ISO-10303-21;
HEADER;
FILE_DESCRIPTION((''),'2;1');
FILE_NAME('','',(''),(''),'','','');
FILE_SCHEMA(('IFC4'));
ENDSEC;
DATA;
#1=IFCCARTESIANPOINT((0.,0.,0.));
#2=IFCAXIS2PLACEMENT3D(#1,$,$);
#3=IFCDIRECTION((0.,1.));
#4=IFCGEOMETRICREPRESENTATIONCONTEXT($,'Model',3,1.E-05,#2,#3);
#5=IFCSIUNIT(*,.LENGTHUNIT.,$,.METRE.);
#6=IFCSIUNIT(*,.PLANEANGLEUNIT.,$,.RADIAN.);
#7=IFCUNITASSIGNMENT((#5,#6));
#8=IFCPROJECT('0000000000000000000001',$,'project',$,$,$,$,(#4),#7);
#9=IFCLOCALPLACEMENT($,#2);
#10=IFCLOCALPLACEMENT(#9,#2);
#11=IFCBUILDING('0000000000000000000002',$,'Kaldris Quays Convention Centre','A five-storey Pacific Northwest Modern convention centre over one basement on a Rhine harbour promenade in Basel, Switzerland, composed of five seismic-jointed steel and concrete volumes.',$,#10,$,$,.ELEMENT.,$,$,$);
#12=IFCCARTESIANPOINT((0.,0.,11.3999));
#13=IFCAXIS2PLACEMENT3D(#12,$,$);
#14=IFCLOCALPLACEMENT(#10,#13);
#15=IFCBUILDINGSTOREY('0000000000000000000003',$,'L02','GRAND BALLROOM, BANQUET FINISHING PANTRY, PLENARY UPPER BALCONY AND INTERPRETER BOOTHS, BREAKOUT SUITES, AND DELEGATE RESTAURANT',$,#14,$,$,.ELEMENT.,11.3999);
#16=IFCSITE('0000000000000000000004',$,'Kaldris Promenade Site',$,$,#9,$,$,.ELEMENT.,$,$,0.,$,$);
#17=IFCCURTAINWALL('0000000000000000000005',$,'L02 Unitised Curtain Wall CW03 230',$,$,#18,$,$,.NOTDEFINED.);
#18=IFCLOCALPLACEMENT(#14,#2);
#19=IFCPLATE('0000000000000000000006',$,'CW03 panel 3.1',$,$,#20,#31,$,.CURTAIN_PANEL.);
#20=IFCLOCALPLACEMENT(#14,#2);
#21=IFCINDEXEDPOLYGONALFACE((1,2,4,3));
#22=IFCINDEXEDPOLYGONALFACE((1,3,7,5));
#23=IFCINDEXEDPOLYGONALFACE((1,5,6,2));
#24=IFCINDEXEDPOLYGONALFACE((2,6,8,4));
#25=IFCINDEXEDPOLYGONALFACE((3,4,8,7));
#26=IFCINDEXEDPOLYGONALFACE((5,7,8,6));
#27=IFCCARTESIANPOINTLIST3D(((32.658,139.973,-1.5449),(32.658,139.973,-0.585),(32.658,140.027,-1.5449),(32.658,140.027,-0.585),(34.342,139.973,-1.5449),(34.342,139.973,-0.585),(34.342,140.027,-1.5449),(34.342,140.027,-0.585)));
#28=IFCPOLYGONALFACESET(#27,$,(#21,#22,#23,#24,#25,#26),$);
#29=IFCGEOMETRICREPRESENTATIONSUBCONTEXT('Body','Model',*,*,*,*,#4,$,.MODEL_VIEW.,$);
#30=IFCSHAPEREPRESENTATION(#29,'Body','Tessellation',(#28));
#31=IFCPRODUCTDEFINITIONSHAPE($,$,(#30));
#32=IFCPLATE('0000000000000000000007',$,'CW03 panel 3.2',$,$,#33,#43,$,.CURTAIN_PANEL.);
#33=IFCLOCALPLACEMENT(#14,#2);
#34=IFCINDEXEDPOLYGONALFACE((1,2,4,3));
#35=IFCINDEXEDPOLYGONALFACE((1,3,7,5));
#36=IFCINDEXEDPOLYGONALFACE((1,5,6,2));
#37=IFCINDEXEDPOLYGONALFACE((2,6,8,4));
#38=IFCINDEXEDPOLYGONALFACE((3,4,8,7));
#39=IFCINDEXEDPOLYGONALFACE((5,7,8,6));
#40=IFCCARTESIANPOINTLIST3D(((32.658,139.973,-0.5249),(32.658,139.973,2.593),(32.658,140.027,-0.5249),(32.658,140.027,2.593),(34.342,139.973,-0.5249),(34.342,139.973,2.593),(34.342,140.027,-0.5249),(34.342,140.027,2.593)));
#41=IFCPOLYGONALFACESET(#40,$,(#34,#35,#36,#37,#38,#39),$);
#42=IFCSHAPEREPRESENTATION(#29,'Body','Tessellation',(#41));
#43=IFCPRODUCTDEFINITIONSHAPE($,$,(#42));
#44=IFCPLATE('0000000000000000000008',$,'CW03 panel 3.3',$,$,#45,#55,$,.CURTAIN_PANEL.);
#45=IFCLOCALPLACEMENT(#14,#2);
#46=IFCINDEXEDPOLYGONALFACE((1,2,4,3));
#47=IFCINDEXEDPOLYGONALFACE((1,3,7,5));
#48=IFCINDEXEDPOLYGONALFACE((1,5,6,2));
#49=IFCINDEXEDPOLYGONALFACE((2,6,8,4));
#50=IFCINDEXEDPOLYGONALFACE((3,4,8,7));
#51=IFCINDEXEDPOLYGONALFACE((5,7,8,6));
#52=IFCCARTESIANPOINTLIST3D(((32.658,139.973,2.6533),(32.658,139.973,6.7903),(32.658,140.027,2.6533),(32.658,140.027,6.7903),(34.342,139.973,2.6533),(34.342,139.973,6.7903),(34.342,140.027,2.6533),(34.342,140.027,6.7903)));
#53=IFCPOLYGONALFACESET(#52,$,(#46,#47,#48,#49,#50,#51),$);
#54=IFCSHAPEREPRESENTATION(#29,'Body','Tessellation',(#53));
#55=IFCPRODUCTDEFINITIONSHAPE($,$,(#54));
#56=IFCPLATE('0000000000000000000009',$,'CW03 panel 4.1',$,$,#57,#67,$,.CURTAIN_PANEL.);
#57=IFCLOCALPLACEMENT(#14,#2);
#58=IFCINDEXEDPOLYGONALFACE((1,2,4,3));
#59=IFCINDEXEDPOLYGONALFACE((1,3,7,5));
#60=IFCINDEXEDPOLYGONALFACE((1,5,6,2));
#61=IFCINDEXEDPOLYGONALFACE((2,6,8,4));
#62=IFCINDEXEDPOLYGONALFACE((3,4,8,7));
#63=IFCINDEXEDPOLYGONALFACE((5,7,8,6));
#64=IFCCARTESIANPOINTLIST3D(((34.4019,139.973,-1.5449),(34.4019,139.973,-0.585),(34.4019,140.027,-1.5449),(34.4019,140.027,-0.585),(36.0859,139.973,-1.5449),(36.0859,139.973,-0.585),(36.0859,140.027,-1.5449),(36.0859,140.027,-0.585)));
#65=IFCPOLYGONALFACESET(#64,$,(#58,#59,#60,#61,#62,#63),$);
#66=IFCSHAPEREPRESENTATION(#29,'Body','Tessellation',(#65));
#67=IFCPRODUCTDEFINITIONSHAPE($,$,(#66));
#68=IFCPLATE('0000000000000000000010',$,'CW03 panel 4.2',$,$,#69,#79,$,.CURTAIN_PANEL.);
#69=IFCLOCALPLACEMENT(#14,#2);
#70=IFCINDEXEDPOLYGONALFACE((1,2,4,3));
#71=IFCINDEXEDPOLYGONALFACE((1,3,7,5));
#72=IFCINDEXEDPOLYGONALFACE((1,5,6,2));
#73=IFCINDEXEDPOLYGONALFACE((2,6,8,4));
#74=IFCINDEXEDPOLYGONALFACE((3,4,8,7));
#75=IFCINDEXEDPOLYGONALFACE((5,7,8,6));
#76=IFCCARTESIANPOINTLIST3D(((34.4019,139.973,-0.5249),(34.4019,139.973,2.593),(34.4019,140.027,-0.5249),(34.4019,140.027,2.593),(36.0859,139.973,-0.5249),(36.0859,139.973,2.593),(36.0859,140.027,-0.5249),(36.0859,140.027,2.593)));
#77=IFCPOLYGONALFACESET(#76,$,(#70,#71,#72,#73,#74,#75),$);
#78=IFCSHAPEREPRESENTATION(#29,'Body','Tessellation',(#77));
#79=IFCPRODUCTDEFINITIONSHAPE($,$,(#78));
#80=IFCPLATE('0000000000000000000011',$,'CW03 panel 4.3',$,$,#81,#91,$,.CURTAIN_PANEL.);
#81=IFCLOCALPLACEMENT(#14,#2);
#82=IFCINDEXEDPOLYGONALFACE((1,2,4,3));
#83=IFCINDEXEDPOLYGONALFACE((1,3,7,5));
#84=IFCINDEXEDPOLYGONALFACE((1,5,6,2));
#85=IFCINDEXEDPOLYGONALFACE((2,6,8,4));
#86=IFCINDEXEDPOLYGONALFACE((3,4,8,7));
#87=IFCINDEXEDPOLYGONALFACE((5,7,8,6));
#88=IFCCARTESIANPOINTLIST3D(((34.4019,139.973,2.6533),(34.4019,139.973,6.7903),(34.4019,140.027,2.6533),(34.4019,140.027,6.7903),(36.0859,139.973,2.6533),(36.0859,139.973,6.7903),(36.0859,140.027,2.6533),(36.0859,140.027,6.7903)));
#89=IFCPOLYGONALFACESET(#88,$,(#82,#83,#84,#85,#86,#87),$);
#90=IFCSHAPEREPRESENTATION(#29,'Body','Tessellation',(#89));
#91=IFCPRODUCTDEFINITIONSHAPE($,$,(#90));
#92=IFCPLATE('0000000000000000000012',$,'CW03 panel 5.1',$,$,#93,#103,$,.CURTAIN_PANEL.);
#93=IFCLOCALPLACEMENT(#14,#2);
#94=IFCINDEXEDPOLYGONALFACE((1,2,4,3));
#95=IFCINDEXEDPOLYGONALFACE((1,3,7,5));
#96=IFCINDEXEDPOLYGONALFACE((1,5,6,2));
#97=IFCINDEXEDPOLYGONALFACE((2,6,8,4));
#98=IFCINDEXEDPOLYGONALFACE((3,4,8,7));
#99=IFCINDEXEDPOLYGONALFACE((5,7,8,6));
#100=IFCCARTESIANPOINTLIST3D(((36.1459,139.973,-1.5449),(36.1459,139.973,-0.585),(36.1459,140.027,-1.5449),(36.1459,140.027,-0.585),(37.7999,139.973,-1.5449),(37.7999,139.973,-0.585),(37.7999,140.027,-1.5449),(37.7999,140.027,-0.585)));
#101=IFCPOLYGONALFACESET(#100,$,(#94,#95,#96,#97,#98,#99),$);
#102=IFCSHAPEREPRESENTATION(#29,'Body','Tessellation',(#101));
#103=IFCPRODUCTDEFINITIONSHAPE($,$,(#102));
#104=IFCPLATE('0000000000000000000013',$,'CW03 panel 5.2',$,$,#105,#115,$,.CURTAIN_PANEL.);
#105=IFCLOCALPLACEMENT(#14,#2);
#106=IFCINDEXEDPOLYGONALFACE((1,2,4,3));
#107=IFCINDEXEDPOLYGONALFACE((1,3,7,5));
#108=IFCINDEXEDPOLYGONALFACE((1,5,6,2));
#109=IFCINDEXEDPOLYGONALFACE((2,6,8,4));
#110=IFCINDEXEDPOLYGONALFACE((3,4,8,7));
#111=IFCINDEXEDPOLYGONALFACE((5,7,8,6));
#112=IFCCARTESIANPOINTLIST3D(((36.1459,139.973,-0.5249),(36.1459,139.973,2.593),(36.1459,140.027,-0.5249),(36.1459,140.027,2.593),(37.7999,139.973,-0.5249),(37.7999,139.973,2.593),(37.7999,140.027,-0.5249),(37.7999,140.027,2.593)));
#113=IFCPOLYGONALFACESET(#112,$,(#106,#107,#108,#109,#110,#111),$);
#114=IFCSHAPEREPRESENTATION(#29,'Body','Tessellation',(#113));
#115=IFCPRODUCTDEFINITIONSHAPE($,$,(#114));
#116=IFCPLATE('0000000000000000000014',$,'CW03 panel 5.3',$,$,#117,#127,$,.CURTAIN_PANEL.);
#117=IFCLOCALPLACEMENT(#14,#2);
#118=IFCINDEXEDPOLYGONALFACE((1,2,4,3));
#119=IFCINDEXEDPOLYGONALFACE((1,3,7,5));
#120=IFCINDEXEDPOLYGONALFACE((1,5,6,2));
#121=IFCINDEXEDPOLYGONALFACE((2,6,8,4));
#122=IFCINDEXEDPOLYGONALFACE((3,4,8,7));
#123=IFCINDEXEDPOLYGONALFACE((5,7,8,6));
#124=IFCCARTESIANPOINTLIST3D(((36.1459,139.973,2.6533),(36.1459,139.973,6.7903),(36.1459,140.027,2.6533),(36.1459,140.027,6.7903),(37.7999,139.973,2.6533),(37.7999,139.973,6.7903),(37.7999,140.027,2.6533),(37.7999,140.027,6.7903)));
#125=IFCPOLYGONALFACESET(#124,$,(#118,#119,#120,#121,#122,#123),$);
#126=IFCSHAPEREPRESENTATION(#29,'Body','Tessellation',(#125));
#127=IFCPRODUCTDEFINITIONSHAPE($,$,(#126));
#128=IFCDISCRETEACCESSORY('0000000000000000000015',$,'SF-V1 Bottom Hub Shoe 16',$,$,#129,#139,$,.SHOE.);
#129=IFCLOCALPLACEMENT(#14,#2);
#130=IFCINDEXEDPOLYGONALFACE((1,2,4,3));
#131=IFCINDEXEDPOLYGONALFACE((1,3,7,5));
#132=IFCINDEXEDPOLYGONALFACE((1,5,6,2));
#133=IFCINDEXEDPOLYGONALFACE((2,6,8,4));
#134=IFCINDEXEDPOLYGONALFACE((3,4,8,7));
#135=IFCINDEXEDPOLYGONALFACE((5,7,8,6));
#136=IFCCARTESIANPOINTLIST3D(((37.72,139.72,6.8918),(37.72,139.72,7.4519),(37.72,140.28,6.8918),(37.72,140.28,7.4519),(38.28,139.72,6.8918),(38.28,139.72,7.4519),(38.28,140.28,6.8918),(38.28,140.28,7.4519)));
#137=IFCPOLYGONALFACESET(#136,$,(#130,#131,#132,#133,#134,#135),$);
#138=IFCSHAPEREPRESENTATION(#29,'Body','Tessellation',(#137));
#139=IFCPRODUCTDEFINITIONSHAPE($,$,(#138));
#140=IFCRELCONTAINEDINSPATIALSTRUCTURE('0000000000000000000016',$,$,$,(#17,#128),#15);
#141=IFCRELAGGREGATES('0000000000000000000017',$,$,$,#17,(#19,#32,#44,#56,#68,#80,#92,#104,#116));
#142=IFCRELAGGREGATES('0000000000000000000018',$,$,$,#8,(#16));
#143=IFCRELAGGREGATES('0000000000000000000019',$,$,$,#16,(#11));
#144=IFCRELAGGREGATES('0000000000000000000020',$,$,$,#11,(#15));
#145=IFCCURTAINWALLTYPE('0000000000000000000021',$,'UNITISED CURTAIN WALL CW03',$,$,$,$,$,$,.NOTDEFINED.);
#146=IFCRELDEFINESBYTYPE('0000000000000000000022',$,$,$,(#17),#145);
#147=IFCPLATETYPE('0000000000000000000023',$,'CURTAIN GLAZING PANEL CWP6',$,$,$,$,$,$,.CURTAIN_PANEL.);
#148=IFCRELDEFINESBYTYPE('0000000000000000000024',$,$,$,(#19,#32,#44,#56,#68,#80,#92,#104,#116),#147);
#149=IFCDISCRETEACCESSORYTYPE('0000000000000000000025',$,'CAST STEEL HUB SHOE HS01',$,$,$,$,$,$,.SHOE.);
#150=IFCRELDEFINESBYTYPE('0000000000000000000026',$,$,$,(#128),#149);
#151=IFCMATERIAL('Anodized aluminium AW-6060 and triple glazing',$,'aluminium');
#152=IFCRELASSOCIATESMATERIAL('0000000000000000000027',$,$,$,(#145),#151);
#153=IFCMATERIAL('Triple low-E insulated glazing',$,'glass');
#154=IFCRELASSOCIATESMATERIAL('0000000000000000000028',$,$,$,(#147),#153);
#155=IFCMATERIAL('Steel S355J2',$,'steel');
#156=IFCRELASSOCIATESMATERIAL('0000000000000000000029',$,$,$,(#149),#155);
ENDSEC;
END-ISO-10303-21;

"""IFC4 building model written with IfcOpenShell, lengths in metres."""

from ifc_helpers import new_model, si_unit, direction, frame, origin, origin_2d, place, context, subcontext, project, spatial, rectangle, extrude, material, type_object, element, aggregate, save


model = new_model("IFC4")

# Units and contexts
model_context = context("Model", 3, precision=1e-05, world=origin(), true_north=direction((0.0, 1.0)))
body_context = subcontext(model_context, "Body", "Model", "MODEL_VIEW")
ifc_project = project(units=[si_unit("LENGTHUNIT", "METRE"), si_unit("PLANEANGLEUNIT", "RADIAN")], contexts=[model_context])

# Site, building, storey
site_placement = place(None, origin())
site = spatial("IfcSite", under=ifc_project, at=site_placement, Name="Kaldris Promenade Site", CompositionType="ELEMENT", RefElevation=0.0)
building_placement = place(site_placement, origin())
building = spatial("IfcBuilding", under=site, at=building_placement, Name="Kaldris Quays Convention Centre", Description="A five-storey Pacific Northwest Modern convention centre over one basement on a Rhine harbour promenade in Basel, Switzerland, composed of five seismic-jointed steel and concrete volumes.", CompositionType="ELEMENT")
storey_placement = place(building_placement, frame((0.0, 0.0, 11.3999)))
storey = spatial("IfcBuildingStorey", under=building, at=storey_placement, Name="L02", Description="GRAND BALLROOM, BANQUET FINISHING PANTRY, PLENARY UPPER BALCONY AND INTERPRETER BOOTHS, BREAKOUT SUITES, AND DELEGATE RESTAURANT", CompositionType="ELEMENT", Elevation=11.3999)

# Shared definitions
ifc_material_1 = material(Name="Steel S355J2", Category="steel")

# Curtain wall
ifc_material_2 = material(Name="Anodized aluminium AW-6060 and triple glazing", Category="aluminium")
curtain_wall_type = type_object("IfcCurtainWallType", Name="UNITISED CURTAIN WALL CW03", PredefinedType="NOTDEFINED", material=ifc_material_2)
curtain_wall_placement = place(storey_placement, origin())
curtain_wall = element("IfcCurtainWall", 1, at=curtain_wall_placement, inside=storey, type_object=curtain_wall_type, Name="L02 Unitised Curtain Wall CW03 230", PredefinedType="NOTDEFINED")

# Plates
ifc_material_3 = material(Name="Triple low-E insulated glazing", Category="glass")
plate_type = type_object("IfcPlateType", Name="CURTAIN GLAZING PANEL CWP6", PredefinedType="CURTAIN_PANEL", material=ifc_material_3)
plate_1_placement = place(storey_placement, frame((33.5, 140.0, -1.5449), z_axis=(0.0, 0.0, 1.0), x_axis=(1.0, 0.0, 0.0)))
plate_1 = element("IfcPlate", 2, at=plate_1_placement, type_object=plate_type, Name="CW03 panel 3.1", PredefinedType="CURTAIN_PANEL", context=body_context, shape_type="SweptSolid", body=[
    extrude(rectangle(XDim=1.6841, YDim=0.054, at=origin_2d()), origin(), (0.0, 0.0, 1.0), 0.96),
])
plate_2_placement = place(storey_placement, frame((33.5, 140.0, -0.5249), z_axis=(0.0, 0.0, 1.0), x_axis=(1.0, 0.0, 0.0)))
plate_2 = element("IfcPlate", 3, at=plate_2_placement, type_object=plate_type, Name="CW03 panel 3.2", PredefinedType="CURTAIN_PANEL", context=body_context, shape_type="SweptSolid", body=[
    extrude(rectangle(XDim=1.6841, YDim=0.054, at=origin_2d()), origin(), (0.0, 0.0, 1.0), 3.1179),
])
plate_3_placement = place(storey_placement, frame((33.5, 140.0, 2.6533), z_axis=(0.0, 0.0, 1.0), x_axis=(1.0, 0.0, 0.0)))
plate_3 = element("IfcPlate", 4, at=plate_3_placement, type_object=plate_type, Name="CW03 panel 3.3", PredefinedType="CURTAIN_PANEL", context=body_context, shape_type="SweptSolid", body=[
    extrude(rectangle(XDim=1.6841, YDim=0.054, at=origin_2d()), origin(), (0.0, 0.0, 1.0), 4.137),
])
plate_4_placement = place(storey_placement, frame((35.2439, 140.0, -1.5449), z_axis=(0.0, 0.0, 1.0), x_axis=(1.0, 0.0, 0.0)))
plate_4 = element("IfcPlate", 5, at=plate_4_placement, type_object=plate_type, Name="CW03 panel 4.1", PredefinedType="CURTAIN_PANEL", context=body_context, shape_type="SweptSolid", body=[
    extrude(rectangle(XDim=1.6841, YDim=0.054, at=origin_2d()), origin(), (0.0, 0.0, 1.0), 0.96),
])
plate_5_placement = place(storey_placement, frame((35.2439, 140.0, -0.5249), z_axis=(0.0, 0.0, 1.0), x_axis=(1.0, 0.0, 0.0)))
plate_5 = element("IfcPlate", 6, at=plate_5_placement, type_object=plate_type, Name="CW03 panel 4.2", PredefinedType="CURTAIN_PANEL", context=body_context, shape_type="SweptSolid", body=[
    extrude(rectangle(XDim=1.6841, YDim=0.054, at=origin_2d()), origin(), (0.0, 0.0, 1.0), 3.1179),
])
plate_6_placement = place(storey_placement, frame((35.2439, 140.0, 2.6533), z_axis=(0.0, 0.0, 1.0), x_axis=(1.0, 0.0, 0.0)))
plate_6 = element("IfcPlate", 7, at=plate_6_placement, type_object=plate_type, Name="CW03 panel 4.3", PredefinedType="CURTAIN_PANEL", context=body_context, shape_type="SweptSolid", body=[
    extrude(rectangle(XDim=1.6841, YDim=0.054, at=origin_2d()), origin(), (0.0, 0.0, 1.0), 4.137),
])
plate_7_placement = place(storey_placement, frame((36.9729, 140.0, -1.5449), z_axis=(0.0, 0.0, 1.0), x_axis=(1.0, 0.0, 0.0)))
plate_7 = element("IfcPlate", 8, at=plate_7_placement, type_object=plate_type, Name="CW03 panel 5.1", PredefinedType="CURTAIN_PANEL", context=body_context, shape_type="SweptSolid", body=[
    extrude(rectangle(XDim=1.6541, YDim=0.054, at=origin_2d()), origin(), (0.0, 0.0, 1.0), 0.96),
])
plate_8_placement = place(storey_placement, frame((36.9729, 140.0, -0.5249), z_axis=(0.0, 0.0, 1.0), x_axis=(1.0, 0.0, 0.0)))
plate_8 = element("IfcPlate", 9, at=plate_8_placement, type_object=plate_type, Name="CW03 panel 5.2", PredefinedType="CURTAIN_PANEL", context=body_context, shape_type="SweptSolid", body=[
    extrude(rectangle(XDim=1.6541, YDim=0.054, at=origin_2d()), origin(), (0.0, 0.0, 1.0), 3.1179),
])
plate_9_placement = place(storey_placement, frame((36.9729, 140.0, 2.6533), z_axis=(0.0, 0.0, 1.0), x_axis=(1.0, 0.0, 0.0)))
plate_9 = element("IfcPlate", 10, at=plate_9_placement, type_object=plate_type, Name="CW03 panel 5.3", PredefinedType="CURTAIN_PANEL", context=body_context, shape_type="SweptSolid", body=[
    extrude(rectangle(XDim=1.6541, YDim=0.054, at=origin_2d()), origin(), (0.0, 0.0, 1.0), 4.137),
])
aggregate(curtain_wall, [plate_1, plate_2, plate_3, plate_4, plate_5, plate_6, plate_7, plate_8, plate_9])

# Discrete accessory
discrete_accessory_type = type_object("IfcDiscreteAccessoryType", Name="CAST STEEL HUB SHOE HS01", PredefinedType="SHOE", material=ifc_material_1)
discrete_accessory_placement = place(storey_placement, frame((38.0, 140.0, 6.8918), z_axis=(0.0, 0.0, 1.0), x_axis=(1.0, 0.0, 0.0)))
element("IfcDiscreteAccessory", 11, at=discrete_accessory_placement, inside=storey, type_object=discrete_accessory_type, Name="SF-V1 Bottom Hub Shoe 16", PredefinedType="SHOE", context=body_context, shape_type="SweptSolid", body=[
    extrude(rectangle(XDim=0.5601, YDim=0.5601, at=origin_2d()), origin(), (0.0, 0.0, 1.0), 0.5601),
])

save(model, "model.ifc")
